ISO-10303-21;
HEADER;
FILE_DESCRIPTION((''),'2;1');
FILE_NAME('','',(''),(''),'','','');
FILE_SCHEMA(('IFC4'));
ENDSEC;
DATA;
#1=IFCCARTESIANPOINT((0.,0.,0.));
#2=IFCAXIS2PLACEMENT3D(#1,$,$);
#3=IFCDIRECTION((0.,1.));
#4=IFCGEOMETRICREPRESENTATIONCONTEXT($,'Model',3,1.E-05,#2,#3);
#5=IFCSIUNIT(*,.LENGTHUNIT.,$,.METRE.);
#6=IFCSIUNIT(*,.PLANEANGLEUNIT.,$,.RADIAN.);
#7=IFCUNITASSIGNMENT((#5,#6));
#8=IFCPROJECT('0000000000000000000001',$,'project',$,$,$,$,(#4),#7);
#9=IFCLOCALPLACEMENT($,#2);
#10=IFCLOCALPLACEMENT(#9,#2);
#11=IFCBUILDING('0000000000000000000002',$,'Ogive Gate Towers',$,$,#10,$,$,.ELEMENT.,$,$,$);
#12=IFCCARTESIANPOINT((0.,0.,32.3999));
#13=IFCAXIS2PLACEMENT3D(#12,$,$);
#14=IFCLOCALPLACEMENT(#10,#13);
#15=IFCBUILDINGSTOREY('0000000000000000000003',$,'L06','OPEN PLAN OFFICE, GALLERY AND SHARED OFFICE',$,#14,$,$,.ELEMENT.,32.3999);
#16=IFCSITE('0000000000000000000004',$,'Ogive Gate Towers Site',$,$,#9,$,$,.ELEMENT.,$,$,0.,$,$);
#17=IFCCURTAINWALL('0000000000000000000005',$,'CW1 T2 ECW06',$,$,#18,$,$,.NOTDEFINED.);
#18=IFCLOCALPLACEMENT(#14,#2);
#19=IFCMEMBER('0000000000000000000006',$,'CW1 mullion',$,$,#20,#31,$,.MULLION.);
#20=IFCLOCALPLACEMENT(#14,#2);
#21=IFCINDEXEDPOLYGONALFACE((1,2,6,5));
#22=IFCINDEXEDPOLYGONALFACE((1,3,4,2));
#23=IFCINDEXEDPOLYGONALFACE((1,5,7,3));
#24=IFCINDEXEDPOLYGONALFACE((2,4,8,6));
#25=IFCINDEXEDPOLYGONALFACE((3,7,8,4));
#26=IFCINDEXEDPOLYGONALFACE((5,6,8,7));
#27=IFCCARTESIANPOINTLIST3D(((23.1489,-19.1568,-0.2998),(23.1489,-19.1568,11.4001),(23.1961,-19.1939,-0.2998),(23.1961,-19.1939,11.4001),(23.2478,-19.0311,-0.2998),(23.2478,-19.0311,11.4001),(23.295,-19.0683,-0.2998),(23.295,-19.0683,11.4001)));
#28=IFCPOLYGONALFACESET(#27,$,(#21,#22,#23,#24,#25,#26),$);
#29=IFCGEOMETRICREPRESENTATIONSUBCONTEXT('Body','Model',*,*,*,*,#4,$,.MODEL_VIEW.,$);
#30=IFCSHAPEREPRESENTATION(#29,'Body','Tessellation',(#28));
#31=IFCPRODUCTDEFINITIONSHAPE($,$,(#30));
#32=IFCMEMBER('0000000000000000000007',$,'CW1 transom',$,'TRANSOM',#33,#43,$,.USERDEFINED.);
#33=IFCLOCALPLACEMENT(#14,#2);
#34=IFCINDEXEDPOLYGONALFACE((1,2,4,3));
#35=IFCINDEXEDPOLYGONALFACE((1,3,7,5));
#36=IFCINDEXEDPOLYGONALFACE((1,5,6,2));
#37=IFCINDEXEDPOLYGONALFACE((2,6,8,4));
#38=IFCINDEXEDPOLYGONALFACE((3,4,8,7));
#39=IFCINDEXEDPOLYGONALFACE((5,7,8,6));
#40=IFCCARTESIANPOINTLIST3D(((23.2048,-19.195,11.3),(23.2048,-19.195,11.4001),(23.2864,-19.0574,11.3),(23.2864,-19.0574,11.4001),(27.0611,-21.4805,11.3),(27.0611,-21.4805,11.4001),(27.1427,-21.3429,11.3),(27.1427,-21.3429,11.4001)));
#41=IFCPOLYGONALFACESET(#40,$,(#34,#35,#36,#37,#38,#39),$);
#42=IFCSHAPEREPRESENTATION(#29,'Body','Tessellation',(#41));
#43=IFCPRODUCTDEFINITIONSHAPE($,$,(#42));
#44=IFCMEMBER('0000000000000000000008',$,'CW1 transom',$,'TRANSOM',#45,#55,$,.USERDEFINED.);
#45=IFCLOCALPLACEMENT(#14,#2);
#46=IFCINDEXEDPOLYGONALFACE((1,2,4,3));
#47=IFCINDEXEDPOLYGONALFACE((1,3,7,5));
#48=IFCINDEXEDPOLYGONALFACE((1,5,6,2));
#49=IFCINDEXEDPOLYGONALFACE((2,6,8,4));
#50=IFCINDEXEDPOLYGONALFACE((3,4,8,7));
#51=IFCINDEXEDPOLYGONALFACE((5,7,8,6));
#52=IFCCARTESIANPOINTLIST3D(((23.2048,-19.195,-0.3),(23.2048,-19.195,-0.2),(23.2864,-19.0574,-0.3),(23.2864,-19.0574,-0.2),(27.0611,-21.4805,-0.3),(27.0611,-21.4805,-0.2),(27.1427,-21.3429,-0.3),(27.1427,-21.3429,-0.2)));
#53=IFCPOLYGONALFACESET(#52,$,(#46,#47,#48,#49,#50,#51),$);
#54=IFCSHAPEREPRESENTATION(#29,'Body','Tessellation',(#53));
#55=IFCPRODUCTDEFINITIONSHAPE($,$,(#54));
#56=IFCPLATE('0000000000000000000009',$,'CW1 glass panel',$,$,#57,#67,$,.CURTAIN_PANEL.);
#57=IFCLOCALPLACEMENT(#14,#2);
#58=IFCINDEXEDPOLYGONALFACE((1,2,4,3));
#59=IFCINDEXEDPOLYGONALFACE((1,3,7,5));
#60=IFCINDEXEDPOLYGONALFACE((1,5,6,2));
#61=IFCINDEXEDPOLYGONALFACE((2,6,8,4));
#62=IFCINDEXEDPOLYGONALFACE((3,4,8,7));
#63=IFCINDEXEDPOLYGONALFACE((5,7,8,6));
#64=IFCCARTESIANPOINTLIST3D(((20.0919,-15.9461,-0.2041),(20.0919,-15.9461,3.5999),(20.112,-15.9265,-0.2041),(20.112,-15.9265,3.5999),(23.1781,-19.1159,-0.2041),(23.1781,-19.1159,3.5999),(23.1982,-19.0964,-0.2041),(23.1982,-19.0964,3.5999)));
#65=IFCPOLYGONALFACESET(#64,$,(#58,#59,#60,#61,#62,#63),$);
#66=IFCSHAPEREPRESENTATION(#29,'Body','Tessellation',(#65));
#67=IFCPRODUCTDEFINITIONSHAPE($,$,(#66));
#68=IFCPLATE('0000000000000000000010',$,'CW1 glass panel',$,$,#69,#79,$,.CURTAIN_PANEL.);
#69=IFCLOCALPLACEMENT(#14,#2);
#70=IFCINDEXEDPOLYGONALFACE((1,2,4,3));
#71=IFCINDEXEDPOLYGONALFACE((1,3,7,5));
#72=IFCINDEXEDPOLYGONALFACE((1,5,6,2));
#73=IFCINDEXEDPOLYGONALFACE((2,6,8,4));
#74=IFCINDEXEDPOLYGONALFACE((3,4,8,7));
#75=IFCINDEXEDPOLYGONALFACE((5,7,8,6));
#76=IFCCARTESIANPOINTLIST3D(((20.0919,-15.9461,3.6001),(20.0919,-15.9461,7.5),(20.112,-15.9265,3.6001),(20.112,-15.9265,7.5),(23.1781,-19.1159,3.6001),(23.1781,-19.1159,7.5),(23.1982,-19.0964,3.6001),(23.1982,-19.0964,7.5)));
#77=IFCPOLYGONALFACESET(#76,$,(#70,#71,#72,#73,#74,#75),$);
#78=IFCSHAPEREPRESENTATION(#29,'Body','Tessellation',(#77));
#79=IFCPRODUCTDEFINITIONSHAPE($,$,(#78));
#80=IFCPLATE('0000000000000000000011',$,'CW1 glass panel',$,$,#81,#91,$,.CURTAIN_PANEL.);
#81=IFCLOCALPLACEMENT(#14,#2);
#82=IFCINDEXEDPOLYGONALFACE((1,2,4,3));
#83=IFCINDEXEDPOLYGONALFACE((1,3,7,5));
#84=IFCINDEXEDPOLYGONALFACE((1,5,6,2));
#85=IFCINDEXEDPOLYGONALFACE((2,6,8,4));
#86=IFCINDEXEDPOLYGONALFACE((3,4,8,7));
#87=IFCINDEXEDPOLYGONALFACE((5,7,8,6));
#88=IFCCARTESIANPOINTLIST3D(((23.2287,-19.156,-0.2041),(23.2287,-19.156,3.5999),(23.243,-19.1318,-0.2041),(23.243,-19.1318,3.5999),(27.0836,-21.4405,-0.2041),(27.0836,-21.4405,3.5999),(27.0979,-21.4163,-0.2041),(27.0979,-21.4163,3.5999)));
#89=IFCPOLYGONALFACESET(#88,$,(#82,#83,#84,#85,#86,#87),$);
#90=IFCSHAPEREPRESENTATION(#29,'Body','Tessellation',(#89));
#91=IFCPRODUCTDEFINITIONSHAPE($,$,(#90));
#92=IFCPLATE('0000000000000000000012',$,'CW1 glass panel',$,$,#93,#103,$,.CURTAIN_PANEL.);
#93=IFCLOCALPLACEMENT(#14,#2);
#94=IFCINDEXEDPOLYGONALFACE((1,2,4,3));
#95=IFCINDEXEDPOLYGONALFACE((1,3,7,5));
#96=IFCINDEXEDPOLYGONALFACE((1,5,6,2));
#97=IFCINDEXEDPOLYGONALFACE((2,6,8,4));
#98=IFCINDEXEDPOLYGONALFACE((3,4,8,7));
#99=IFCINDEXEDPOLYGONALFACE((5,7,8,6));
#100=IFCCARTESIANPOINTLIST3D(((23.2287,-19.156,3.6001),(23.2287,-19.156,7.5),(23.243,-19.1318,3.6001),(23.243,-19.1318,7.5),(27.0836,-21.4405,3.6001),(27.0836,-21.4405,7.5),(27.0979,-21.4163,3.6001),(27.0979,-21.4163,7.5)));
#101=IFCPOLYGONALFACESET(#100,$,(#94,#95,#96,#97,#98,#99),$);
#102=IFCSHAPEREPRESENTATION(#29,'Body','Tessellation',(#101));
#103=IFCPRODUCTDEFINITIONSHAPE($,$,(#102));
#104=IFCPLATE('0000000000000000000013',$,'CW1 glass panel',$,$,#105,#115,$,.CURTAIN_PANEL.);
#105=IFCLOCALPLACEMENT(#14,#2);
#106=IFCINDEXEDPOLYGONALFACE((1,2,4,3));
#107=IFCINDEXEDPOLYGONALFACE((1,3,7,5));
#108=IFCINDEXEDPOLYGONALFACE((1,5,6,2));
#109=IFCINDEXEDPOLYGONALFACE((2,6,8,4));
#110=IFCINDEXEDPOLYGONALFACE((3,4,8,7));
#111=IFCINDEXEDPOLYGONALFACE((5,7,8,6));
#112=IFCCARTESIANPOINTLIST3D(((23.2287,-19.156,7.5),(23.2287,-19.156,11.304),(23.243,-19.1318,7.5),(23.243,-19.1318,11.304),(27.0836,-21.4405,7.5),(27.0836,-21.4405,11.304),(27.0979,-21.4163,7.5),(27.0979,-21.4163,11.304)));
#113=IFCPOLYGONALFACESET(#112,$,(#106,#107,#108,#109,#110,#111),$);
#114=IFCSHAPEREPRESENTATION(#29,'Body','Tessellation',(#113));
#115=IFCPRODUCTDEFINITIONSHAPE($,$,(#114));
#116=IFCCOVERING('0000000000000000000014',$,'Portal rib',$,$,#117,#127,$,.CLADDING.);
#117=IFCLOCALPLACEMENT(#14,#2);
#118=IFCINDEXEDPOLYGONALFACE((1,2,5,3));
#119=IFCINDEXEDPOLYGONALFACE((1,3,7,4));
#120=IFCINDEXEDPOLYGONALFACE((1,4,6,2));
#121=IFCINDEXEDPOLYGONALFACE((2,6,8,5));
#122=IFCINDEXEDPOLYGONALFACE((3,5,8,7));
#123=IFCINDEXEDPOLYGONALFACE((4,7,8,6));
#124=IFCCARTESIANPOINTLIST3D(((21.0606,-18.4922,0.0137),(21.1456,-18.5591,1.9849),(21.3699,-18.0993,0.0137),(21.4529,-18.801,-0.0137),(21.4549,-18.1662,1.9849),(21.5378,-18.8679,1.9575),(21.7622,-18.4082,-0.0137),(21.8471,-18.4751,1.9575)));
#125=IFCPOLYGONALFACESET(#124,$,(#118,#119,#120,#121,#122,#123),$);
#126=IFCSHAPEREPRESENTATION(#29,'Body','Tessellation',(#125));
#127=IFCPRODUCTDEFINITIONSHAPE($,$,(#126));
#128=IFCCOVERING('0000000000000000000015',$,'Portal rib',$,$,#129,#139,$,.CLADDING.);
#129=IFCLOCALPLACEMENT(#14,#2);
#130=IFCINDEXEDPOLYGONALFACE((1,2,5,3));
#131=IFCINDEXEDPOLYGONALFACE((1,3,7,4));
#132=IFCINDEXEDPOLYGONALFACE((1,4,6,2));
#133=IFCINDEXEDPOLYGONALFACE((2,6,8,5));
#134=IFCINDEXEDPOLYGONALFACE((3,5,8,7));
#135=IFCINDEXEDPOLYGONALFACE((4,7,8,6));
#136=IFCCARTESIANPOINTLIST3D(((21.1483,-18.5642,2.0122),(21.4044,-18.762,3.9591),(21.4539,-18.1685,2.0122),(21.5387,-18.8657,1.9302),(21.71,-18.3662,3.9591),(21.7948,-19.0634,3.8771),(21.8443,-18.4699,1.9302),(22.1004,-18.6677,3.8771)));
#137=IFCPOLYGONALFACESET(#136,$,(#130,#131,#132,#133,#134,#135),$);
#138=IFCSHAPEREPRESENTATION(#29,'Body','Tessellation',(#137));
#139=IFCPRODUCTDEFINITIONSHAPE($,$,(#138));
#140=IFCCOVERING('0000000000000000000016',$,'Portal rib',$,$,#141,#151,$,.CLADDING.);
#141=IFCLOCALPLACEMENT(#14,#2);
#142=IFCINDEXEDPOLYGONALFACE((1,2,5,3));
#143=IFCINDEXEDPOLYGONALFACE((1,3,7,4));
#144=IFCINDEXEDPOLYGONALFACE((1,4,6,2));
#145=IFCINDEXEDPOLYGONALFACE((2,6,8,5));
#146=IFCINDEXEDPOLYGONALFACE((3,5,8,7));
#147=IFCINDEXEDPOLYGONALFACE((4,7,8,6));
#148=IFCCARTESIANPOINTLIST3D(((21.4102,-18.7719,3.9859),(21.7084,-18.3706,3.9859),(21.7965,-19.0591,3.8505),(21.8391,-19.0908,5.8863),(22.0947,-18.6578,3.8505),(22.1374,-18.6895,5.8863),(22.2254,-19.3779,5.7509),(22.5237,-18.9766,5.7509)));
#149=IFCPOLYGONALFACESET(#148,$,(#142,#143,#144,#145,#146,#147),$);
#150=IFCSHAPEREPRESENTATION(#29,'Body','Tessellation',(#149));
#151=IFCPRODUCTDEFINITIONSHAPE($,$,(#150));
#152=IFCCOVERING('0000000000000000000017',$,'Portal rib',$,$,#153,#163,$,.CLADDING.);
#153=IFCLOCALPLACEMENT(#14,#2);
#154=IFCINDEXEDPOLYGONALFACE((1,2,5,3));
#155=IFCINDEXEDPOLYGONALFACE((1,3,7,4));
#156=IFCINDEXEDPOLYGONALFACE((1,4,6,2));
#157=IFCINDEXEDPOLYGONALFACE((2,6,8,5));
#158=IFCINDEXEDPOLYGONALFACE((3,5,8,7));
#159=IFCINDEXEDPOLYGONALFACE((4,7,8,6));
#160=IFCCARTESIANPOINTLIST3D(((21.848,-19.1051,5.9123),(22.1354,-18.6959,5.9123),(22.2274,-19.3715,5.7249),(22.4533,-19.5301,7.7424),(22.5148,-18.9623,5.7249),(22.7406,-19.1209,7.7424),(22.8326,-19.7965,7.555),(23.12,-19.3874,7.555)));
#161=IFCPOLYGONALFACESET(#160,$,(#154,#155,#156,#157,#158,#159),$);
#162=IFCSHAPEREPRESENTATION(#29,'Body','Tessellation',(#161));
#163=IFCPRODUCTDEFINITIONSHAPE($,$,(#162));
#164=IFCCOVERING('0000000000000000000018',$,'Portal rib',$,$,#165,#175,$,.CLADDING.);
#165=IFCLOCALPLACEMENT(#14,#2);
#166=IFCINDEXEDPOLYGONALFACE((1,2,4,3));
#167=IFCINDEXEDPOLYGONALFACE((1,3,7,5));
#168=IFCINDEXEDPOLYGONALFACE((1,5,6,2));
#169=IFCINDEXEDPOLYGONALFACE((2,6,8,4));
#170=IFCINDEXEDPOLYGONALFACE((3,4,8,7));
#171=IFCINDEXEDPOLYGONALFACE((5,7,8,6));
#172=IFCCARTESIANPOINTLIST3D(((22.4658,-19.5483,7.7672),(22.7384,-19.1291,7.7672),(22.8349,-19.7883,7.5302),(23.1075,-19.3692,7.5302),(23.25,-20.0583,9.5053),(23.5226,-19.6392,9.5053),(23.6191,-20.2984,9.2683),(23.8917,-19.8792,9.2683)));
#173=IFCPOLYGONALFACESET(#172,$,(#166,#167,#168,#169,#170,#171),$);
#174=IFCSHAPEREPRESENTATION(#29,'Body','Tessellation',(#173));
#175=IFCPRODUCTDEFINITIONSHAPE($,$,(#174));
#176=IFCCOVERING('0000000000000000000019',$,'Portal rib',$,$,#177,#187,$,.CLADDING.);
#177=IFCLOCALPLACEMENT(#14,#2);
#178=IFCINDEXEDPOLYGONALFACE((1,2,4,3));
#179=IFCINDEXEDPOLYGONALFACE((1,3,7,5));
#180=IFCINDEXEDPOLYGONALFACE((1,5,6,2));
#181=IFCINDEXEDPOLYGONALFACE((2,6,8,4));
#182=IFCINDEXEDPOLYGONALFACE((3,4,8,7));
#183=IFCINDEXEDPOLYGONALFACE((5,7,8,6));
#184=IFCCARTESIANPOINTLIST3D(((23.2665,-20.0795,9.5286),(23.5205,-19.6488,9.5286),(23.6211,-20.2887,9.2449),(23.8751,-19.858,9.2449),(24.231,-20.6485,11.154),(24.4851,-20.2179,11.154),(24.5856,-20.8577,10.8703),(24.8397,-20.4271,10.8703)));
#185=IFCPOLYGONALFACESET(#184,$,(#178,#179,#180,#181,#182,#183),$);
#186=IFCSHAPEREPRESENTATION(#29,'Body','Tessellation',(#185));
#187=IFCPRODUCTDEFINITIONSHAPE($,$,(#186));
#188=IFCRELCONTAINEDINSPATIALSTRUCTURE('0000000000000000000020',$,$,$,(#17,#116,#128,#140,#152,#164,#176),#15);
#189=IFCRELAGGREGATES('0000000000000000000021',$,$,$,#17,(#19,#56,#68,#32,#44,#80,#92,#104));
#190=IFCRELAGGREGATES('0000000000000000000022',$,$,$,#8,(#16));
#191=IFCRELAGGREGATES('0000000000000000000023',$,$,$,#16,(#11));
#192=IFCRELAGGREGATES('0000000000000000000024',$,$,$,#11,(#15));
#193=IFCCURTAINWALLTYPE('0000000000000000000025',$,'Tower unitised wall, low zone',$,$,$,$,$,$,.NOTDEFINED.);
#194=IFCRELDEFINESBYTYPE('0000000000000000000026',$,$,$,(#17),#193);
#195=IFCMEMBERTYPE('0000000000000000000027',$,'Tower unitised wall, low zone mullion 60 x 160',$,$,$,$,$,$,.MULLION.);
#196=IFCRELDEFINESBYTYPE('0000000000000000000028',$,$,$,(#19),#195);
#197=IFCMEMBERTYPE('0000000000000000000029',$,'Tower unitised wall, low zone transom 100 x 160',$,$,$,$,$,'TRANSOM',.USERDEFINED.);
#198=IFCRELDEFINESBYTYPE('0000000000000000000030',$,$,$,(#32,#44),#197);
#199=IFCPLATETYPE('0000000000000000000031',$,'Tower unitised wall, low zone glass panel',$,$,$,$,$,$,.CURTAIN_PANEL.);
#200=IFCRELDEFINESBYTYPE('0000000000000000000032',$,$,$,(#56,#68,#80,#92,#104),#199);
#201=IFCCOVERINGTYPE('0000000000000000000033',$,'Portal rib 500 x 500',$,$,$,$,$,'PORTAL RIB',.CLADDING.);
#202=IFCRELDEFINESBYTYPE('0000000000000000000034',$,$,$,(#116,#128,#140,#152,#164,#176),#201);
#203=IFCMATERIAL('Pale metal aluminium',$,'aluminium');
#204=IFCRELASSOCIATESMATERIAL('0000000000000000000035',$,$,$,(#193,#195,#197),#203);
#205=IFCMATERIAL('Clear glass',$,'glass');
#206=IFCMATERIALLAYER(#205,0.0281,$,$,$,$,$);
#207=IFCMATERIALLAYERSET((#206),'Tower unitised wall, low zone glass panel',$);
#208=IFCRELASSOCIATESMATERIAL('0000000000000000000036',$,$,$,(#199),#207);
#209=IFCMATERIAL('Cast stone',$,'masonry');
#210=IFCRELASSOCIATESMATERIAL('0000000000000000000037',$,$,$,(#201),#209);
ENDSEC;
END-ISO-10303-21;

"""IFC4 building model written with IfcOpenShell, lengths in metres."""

from ifc_helpers import new_model, si_unit, direction, frame, origin, origin_2d, place, context, subcontext, project, spatial, rectangle, extrude, material, layer, layer_set, material_profile, profile_set, type_object, element, aggregate, save


model = new_model("IFC4")

# Units and contexts
model_context = context("Model", 3, precision=1e-05, world=origin(), true_north=direction((0.0, 1.0)))
body_context = subcontext(model_context, "Body", "Model", "MODEL_VIEW")
ifc_project = project(units=[si_unit("LENGTHUNIT", "METRE"), si_unit("PLANEANGLEUNIT", "RADIAN")], contexts=[model_context])

# Site, building, storey
site_placement = place(None, origin())
site = spatial("IfcSite", under=ifc_project, at=site_placement, Name="Ogive Gate Towers Site", CompositionType="ELEMENT", RefElevation=0.0)
building_placement = place(site_placement, origin())
building = spatial("IfcBuilding", under=site, at=building_placement, Name="Ogive Gate Towers", CompositionType="ELEMENT")
storey_placement = place(building_placement, frame((0.0, 0.0, 32.3999)))
storey = spatial("IfcBuildingStorey", under=building, at=storey_placement, Name="L06", Description="OPEN PLAN OFFICE, GALLERY AND SHARED OFFICE", CompositionType="ELEMENT", Elevation=32.3999)

# Curtain wall, members, plates
ifc_material_1 = material(Name="Pale metal aluminium", Category="aluminium")
curtain_wall_type = type_object("IfcCurtainWallType", Name="Tower unitised wall, low zone", PredefinedType="NOTDEFINED", material=ifc_material_1)
curtain_wall_placement = place(storey_placement, origin())
curtain_wall = element("IfcCurtainWall", 1, at=curtain_wall_placement, inside=storey, type_object=curtain_wall_type, Name="CW1 T2 ECW06", PredefinedType="NOTDEFINED")
ifc_material_profile_1 = material_profile(ifc_material_1, rectangle(XDim=0.1599, YDim=0.0601, at=origin_2d()), Name="60 x 160 aluminium box")
ifc_profile_set_1 = profile_set([ifc_material_profile_1], Name="Pale metal aluminium")
member_type_1 = type_object("IfcMemberType", Name="Tower unitised wall, low zone mullion 60 x 160", PredefinedType="MULLION", material=ifc_profile_set_1)
member_1_placement = place(storey_placement, frame((23.2219, -19.1125, -0.2998), z_axis=(0.0, 0.0, 1.0), x_axis=(-0.618532, -0.78576, 0.0)))
member_1 = element("IfcMember", 2, at=member_1_placement, type_object=member_type_1, Name="CW1 mullion", PredefinedType="MULLION", context=body_context, shape_type="SweptSolid", body=[
    extrude(rectangle(XDim=0.1599, YDim=0.0601, at=origin_2d()), origin(), (0.0, 0.0, 1.0), 11.7),
])
ifc_material_profile_2 = material_profile(ifc_material_1, rectangle(XDim=0.1599, YDim=0.1001, at=origin_2d()), Name="100 x 160 aluminium box")
ifc_profile_set_2 = profile_set([ifc_material_profile_2], Name="Pale metal aluminium")
member_type_2 = type_object("IfcMemberType", Name="Tower unitised wall, low zone transom 100 x 160", ElementType="TRANSOM", PredefinedType="USERDEFINED", material=ifc_profile_set_2)
member_2_placement = place(storey_placement, frame((23.2456, -19.1262, 11.3501), z_axis=(0.860268, -0.509843, 0.0), x_axis=(0.509843, 0.860268, 0.0)))
member_2 = element("IfcMember", 3, at=member_2_placement, type_object=member_type_2, Name="CW1 transom", ObjectType="TRANSOM", PredefinedType="USERDEFINED", context=body_context, shape_type="SweptSolid", body=[
    extrude(rectangle(XDim=0.1599, YDim=0.1001, at=origin_2d()), origin(), (0.0, 0.0, 1.0), 4.4827),
])
member_3_placement = place(storey_placement, frame((23.2456, -19.1262, -0.25), z_axis=(0.860268, -0.509843, 0.0), x_axis=(0.509843, 0.860268, 0.0)))
member_3 = element("IfcMember", 4, at=member_3_placement, type_object=member_type_2, Name="CW1 transom", ObjectType="TRANSOM", PredefinedType="USERDEFINED", context=body_context, shape_type="SweptSolid", body=[
    extrude(rectangle(XDim=0.1599, YDim=0.1001, at=origin_2d()), origin(), (0.0, 0.0, 1.0), 4.4827),
])
ifc_material_2 = material(Name="Clear glass", Category="glass")
ifc_layer = layer(ifc_material_2, 0.0281)
ifc_layer_set = layer_set([ifc_layer], Name="Tower unitised wall, low zone glass panel")
plate_type = type_object("IfcPlateType", Name="Tower unitised wall, low zone glass panel", PredefinedType="CURTAIN_PANEL", material=ifc_layer_set)
plate_1_placement = place(storey_placement, frame((21.645, -17.5212, -0.2041), z_axis=(0.0, 0.0, 1.0), x_axis=(0.69759, -0.716497, 0.0)))
plate_1 = element("IfcPlate", 5, at=plate_1_placement, type_object=plate_type, Name="CW1 glass panel", PredefinedType="CURTAIN_PANEL", context=body_context, shape_type="SweptSolid", body=[
    extrude(rectangle(XDim=4.4241, YDim=0.0281, at=origin_2d()), origin(), (0.0, 0.0, 1.0), 3.804),
])
plate_2_placement = place(storey_placement, frame((21.645, -17.5212, 3.6001), z_axis=(0.0, 0.0, 1.0), x_axis=(0.69759, -0.716497, 0.0)))
plate_2 = element("IfcPlate", 6, at=plate_2_placement, type_object=plate_type, Name="CW1 glass panel", PredefinedType="CURTAIN_PANEL", context=body_context, shape_type="SweptSolid", body=[
    extrude(rectangle(XDim=4.4241, YDim=0.0281, at=origin_2d()), origin(), (0.0, 0.0, 1.0), 3.8999),
])
plate_3_placement = place(storey_placement, frame((25.1633, -20.2861, -0.2041), z_axis=(0.0, 0.0, 1.0), x_axis=(0.86028, -0.509822, 0.0)))
plate_3 = element("IfcPlate", 7, at=plate_3_placement, type_object=plate_type, Name="CW1 glass panel", PredefinedType="CURTAIN_PANEL", context=body_context, shape_type="SweptSolid", body=[
    extrude(rectangle(XDim=4.481, YDim=0.0281, at=origin_2d()), origin(), (0.0, 0.0, 1.0), 3.804),
])
plate_4_placement = place(storey_placement, frame((25.1633, -20.2861, 3.6001), z_axis=(0.0, 0.0, 1.0), x_axis=(0.86028, -0.509822, 0.0)))
plate_4 = element("IfcPlate", 8, at=plate_4_placement, type_object=plate_type, Name="CW1 glass panel", PredefinedType="CURTAIN_PANEL", context=body_context, shape_type="SweptSolid", body=[
    extrude(rectangle(XDim=4.481, YDim=0.0281, at=origin_2d()), origin(), (0.0, 0.0, 1.0), 3.8999),
])
plate_5_placement = place(storey_placement, frame((25.1633, -20.2861, 7.5), z_axis=(0.0, 0.0, 1.0), x_axis=(0.86028, -0.509822, 0.0)))
plate_5 = element("IfcPlate", 9, at=plate_5_placement, type_object=plate_type, Name="CW1 glass panel", PredefinedType="CURTAIN_PANEL", context=body_context, shape_type="SweptSolid", body=[
    extrude(rectangle(XDim=4.481, YDim=0.0281, at=origin_2d()), origin(), (0.0, 0.0, 1.0), 3.804),
])
aggregate(curtain_wall, [member_1, plate_1, plate_2, member_2, member_3, plate_3, plate_4, plate_5])

# Coverings
ifc_material_3 = material(Name="Cast stone", Category="masonry")
ifc_material_profile_3 = material_profile(ifc_material_3, rectangle(XDim=0.5, YDim=0.5, at=origin_2d()), Name="500 x 500 cast stone")
ifc_profile_set_3 = profile_set([ifc_material_profile_3], Name="Cast stone")
covering_type = type_object("IfcCoveringType", Name="Portal rib 500 x 500", ElementType="PORTAL RIB", PredefinedType="CLADDING", material=ifc_profile_set_3)
covering_1_placement = place(storey_placement, frame((21.4114, -18.4502, 0.0), z_axis=(0.043037, -0.033885, 0.998499), x_axis=(0.618619, 0.785691, 0.0)))
element("IfcCovering", 10, at=covering_1_placement, inside=storey, type_object=covering_type, Name="Portal rib", PredefinedType="CLADDING", context=body_context, shape_type="SweptSolid", body=[
    extrude(rectangle(XDim=0.5, YDim=0.5, at=origin_2d()), origin(), (0.0, 0.0, 1.0), 1.9741),
])
covering_2_placement = place(storey_placement, frame((21.4963, -18.5171, 1.9712), z_axis=(0.129756, -0.100193, 0.986471), x_axis=(0.611168, 0.791501, 0.0)))
element("IfcCovering", 11, at=covering_2_placement, inside=storey, type_object=covering_type, Name="Portal rib", PredefinedType="CLADDING", context=body_context, shape_type="SweptSolid", body=[
    extrude(rectangle(XDim=0.5, YDim=0.5, at=origin_2d()), origin(), (0.0, 0.0, 1.0), 1.9736),
])
covering_3_placement = place(storey_placement, frame((21.7524, -18.7148, 3.9182), z_axis=(0.217289, -0.161514, 0.962652), x_axis=(0.596559, 0.802569, 0.0)))
element("IfcCovering", 12, at=covering_3_placement, inside=storey, type_object=covering_type, Name="Portal rib", PredefinedType="CLADDING", context=body_context, shape_type="SweptSolid", body=[
    extrude(rectangle(XDim=0.5, YDim=0.5, at=origin_2d()), origin(), (0.0, 0.0, 1.0), 1.9741),
])
for number, where, z_axis, x_axis, name in (
    (13, (22.1814, -19.0337, 5.8186), (0.306619, -0.215338, 0.927154), (0.574725, 0.818347, 0.0), "Portal rib"),
    (14, (22.7866, -19.4587, 7.6487), (0.397298, -0.258392, 0.880561), (0.545208, 0.8383, 0.0), "Portal rib"),
    (15, (23.5708, -19.9688, 9.3867), (0.488661, -0.288299, 0.823464), (0.508134, 0.861278, 0.0), "Portal rib"),
):
    element("IfcCovering", number, at=place(storey_placement, frame(where, z_axis=z_axis, x_axis=x_axis)), inside=storey, type_object=covering_type, Name=name, PredefinedType="CLADDING", context=body_context, shape_type="SweptSolid", body=[
        extrude(rectangle(XDim=0.5, YDim=0.5, at=origin_2d()), origin(), (0.0, 0.0, 1.0), 1.9739),
    ])

save(model, "model.ifc")
